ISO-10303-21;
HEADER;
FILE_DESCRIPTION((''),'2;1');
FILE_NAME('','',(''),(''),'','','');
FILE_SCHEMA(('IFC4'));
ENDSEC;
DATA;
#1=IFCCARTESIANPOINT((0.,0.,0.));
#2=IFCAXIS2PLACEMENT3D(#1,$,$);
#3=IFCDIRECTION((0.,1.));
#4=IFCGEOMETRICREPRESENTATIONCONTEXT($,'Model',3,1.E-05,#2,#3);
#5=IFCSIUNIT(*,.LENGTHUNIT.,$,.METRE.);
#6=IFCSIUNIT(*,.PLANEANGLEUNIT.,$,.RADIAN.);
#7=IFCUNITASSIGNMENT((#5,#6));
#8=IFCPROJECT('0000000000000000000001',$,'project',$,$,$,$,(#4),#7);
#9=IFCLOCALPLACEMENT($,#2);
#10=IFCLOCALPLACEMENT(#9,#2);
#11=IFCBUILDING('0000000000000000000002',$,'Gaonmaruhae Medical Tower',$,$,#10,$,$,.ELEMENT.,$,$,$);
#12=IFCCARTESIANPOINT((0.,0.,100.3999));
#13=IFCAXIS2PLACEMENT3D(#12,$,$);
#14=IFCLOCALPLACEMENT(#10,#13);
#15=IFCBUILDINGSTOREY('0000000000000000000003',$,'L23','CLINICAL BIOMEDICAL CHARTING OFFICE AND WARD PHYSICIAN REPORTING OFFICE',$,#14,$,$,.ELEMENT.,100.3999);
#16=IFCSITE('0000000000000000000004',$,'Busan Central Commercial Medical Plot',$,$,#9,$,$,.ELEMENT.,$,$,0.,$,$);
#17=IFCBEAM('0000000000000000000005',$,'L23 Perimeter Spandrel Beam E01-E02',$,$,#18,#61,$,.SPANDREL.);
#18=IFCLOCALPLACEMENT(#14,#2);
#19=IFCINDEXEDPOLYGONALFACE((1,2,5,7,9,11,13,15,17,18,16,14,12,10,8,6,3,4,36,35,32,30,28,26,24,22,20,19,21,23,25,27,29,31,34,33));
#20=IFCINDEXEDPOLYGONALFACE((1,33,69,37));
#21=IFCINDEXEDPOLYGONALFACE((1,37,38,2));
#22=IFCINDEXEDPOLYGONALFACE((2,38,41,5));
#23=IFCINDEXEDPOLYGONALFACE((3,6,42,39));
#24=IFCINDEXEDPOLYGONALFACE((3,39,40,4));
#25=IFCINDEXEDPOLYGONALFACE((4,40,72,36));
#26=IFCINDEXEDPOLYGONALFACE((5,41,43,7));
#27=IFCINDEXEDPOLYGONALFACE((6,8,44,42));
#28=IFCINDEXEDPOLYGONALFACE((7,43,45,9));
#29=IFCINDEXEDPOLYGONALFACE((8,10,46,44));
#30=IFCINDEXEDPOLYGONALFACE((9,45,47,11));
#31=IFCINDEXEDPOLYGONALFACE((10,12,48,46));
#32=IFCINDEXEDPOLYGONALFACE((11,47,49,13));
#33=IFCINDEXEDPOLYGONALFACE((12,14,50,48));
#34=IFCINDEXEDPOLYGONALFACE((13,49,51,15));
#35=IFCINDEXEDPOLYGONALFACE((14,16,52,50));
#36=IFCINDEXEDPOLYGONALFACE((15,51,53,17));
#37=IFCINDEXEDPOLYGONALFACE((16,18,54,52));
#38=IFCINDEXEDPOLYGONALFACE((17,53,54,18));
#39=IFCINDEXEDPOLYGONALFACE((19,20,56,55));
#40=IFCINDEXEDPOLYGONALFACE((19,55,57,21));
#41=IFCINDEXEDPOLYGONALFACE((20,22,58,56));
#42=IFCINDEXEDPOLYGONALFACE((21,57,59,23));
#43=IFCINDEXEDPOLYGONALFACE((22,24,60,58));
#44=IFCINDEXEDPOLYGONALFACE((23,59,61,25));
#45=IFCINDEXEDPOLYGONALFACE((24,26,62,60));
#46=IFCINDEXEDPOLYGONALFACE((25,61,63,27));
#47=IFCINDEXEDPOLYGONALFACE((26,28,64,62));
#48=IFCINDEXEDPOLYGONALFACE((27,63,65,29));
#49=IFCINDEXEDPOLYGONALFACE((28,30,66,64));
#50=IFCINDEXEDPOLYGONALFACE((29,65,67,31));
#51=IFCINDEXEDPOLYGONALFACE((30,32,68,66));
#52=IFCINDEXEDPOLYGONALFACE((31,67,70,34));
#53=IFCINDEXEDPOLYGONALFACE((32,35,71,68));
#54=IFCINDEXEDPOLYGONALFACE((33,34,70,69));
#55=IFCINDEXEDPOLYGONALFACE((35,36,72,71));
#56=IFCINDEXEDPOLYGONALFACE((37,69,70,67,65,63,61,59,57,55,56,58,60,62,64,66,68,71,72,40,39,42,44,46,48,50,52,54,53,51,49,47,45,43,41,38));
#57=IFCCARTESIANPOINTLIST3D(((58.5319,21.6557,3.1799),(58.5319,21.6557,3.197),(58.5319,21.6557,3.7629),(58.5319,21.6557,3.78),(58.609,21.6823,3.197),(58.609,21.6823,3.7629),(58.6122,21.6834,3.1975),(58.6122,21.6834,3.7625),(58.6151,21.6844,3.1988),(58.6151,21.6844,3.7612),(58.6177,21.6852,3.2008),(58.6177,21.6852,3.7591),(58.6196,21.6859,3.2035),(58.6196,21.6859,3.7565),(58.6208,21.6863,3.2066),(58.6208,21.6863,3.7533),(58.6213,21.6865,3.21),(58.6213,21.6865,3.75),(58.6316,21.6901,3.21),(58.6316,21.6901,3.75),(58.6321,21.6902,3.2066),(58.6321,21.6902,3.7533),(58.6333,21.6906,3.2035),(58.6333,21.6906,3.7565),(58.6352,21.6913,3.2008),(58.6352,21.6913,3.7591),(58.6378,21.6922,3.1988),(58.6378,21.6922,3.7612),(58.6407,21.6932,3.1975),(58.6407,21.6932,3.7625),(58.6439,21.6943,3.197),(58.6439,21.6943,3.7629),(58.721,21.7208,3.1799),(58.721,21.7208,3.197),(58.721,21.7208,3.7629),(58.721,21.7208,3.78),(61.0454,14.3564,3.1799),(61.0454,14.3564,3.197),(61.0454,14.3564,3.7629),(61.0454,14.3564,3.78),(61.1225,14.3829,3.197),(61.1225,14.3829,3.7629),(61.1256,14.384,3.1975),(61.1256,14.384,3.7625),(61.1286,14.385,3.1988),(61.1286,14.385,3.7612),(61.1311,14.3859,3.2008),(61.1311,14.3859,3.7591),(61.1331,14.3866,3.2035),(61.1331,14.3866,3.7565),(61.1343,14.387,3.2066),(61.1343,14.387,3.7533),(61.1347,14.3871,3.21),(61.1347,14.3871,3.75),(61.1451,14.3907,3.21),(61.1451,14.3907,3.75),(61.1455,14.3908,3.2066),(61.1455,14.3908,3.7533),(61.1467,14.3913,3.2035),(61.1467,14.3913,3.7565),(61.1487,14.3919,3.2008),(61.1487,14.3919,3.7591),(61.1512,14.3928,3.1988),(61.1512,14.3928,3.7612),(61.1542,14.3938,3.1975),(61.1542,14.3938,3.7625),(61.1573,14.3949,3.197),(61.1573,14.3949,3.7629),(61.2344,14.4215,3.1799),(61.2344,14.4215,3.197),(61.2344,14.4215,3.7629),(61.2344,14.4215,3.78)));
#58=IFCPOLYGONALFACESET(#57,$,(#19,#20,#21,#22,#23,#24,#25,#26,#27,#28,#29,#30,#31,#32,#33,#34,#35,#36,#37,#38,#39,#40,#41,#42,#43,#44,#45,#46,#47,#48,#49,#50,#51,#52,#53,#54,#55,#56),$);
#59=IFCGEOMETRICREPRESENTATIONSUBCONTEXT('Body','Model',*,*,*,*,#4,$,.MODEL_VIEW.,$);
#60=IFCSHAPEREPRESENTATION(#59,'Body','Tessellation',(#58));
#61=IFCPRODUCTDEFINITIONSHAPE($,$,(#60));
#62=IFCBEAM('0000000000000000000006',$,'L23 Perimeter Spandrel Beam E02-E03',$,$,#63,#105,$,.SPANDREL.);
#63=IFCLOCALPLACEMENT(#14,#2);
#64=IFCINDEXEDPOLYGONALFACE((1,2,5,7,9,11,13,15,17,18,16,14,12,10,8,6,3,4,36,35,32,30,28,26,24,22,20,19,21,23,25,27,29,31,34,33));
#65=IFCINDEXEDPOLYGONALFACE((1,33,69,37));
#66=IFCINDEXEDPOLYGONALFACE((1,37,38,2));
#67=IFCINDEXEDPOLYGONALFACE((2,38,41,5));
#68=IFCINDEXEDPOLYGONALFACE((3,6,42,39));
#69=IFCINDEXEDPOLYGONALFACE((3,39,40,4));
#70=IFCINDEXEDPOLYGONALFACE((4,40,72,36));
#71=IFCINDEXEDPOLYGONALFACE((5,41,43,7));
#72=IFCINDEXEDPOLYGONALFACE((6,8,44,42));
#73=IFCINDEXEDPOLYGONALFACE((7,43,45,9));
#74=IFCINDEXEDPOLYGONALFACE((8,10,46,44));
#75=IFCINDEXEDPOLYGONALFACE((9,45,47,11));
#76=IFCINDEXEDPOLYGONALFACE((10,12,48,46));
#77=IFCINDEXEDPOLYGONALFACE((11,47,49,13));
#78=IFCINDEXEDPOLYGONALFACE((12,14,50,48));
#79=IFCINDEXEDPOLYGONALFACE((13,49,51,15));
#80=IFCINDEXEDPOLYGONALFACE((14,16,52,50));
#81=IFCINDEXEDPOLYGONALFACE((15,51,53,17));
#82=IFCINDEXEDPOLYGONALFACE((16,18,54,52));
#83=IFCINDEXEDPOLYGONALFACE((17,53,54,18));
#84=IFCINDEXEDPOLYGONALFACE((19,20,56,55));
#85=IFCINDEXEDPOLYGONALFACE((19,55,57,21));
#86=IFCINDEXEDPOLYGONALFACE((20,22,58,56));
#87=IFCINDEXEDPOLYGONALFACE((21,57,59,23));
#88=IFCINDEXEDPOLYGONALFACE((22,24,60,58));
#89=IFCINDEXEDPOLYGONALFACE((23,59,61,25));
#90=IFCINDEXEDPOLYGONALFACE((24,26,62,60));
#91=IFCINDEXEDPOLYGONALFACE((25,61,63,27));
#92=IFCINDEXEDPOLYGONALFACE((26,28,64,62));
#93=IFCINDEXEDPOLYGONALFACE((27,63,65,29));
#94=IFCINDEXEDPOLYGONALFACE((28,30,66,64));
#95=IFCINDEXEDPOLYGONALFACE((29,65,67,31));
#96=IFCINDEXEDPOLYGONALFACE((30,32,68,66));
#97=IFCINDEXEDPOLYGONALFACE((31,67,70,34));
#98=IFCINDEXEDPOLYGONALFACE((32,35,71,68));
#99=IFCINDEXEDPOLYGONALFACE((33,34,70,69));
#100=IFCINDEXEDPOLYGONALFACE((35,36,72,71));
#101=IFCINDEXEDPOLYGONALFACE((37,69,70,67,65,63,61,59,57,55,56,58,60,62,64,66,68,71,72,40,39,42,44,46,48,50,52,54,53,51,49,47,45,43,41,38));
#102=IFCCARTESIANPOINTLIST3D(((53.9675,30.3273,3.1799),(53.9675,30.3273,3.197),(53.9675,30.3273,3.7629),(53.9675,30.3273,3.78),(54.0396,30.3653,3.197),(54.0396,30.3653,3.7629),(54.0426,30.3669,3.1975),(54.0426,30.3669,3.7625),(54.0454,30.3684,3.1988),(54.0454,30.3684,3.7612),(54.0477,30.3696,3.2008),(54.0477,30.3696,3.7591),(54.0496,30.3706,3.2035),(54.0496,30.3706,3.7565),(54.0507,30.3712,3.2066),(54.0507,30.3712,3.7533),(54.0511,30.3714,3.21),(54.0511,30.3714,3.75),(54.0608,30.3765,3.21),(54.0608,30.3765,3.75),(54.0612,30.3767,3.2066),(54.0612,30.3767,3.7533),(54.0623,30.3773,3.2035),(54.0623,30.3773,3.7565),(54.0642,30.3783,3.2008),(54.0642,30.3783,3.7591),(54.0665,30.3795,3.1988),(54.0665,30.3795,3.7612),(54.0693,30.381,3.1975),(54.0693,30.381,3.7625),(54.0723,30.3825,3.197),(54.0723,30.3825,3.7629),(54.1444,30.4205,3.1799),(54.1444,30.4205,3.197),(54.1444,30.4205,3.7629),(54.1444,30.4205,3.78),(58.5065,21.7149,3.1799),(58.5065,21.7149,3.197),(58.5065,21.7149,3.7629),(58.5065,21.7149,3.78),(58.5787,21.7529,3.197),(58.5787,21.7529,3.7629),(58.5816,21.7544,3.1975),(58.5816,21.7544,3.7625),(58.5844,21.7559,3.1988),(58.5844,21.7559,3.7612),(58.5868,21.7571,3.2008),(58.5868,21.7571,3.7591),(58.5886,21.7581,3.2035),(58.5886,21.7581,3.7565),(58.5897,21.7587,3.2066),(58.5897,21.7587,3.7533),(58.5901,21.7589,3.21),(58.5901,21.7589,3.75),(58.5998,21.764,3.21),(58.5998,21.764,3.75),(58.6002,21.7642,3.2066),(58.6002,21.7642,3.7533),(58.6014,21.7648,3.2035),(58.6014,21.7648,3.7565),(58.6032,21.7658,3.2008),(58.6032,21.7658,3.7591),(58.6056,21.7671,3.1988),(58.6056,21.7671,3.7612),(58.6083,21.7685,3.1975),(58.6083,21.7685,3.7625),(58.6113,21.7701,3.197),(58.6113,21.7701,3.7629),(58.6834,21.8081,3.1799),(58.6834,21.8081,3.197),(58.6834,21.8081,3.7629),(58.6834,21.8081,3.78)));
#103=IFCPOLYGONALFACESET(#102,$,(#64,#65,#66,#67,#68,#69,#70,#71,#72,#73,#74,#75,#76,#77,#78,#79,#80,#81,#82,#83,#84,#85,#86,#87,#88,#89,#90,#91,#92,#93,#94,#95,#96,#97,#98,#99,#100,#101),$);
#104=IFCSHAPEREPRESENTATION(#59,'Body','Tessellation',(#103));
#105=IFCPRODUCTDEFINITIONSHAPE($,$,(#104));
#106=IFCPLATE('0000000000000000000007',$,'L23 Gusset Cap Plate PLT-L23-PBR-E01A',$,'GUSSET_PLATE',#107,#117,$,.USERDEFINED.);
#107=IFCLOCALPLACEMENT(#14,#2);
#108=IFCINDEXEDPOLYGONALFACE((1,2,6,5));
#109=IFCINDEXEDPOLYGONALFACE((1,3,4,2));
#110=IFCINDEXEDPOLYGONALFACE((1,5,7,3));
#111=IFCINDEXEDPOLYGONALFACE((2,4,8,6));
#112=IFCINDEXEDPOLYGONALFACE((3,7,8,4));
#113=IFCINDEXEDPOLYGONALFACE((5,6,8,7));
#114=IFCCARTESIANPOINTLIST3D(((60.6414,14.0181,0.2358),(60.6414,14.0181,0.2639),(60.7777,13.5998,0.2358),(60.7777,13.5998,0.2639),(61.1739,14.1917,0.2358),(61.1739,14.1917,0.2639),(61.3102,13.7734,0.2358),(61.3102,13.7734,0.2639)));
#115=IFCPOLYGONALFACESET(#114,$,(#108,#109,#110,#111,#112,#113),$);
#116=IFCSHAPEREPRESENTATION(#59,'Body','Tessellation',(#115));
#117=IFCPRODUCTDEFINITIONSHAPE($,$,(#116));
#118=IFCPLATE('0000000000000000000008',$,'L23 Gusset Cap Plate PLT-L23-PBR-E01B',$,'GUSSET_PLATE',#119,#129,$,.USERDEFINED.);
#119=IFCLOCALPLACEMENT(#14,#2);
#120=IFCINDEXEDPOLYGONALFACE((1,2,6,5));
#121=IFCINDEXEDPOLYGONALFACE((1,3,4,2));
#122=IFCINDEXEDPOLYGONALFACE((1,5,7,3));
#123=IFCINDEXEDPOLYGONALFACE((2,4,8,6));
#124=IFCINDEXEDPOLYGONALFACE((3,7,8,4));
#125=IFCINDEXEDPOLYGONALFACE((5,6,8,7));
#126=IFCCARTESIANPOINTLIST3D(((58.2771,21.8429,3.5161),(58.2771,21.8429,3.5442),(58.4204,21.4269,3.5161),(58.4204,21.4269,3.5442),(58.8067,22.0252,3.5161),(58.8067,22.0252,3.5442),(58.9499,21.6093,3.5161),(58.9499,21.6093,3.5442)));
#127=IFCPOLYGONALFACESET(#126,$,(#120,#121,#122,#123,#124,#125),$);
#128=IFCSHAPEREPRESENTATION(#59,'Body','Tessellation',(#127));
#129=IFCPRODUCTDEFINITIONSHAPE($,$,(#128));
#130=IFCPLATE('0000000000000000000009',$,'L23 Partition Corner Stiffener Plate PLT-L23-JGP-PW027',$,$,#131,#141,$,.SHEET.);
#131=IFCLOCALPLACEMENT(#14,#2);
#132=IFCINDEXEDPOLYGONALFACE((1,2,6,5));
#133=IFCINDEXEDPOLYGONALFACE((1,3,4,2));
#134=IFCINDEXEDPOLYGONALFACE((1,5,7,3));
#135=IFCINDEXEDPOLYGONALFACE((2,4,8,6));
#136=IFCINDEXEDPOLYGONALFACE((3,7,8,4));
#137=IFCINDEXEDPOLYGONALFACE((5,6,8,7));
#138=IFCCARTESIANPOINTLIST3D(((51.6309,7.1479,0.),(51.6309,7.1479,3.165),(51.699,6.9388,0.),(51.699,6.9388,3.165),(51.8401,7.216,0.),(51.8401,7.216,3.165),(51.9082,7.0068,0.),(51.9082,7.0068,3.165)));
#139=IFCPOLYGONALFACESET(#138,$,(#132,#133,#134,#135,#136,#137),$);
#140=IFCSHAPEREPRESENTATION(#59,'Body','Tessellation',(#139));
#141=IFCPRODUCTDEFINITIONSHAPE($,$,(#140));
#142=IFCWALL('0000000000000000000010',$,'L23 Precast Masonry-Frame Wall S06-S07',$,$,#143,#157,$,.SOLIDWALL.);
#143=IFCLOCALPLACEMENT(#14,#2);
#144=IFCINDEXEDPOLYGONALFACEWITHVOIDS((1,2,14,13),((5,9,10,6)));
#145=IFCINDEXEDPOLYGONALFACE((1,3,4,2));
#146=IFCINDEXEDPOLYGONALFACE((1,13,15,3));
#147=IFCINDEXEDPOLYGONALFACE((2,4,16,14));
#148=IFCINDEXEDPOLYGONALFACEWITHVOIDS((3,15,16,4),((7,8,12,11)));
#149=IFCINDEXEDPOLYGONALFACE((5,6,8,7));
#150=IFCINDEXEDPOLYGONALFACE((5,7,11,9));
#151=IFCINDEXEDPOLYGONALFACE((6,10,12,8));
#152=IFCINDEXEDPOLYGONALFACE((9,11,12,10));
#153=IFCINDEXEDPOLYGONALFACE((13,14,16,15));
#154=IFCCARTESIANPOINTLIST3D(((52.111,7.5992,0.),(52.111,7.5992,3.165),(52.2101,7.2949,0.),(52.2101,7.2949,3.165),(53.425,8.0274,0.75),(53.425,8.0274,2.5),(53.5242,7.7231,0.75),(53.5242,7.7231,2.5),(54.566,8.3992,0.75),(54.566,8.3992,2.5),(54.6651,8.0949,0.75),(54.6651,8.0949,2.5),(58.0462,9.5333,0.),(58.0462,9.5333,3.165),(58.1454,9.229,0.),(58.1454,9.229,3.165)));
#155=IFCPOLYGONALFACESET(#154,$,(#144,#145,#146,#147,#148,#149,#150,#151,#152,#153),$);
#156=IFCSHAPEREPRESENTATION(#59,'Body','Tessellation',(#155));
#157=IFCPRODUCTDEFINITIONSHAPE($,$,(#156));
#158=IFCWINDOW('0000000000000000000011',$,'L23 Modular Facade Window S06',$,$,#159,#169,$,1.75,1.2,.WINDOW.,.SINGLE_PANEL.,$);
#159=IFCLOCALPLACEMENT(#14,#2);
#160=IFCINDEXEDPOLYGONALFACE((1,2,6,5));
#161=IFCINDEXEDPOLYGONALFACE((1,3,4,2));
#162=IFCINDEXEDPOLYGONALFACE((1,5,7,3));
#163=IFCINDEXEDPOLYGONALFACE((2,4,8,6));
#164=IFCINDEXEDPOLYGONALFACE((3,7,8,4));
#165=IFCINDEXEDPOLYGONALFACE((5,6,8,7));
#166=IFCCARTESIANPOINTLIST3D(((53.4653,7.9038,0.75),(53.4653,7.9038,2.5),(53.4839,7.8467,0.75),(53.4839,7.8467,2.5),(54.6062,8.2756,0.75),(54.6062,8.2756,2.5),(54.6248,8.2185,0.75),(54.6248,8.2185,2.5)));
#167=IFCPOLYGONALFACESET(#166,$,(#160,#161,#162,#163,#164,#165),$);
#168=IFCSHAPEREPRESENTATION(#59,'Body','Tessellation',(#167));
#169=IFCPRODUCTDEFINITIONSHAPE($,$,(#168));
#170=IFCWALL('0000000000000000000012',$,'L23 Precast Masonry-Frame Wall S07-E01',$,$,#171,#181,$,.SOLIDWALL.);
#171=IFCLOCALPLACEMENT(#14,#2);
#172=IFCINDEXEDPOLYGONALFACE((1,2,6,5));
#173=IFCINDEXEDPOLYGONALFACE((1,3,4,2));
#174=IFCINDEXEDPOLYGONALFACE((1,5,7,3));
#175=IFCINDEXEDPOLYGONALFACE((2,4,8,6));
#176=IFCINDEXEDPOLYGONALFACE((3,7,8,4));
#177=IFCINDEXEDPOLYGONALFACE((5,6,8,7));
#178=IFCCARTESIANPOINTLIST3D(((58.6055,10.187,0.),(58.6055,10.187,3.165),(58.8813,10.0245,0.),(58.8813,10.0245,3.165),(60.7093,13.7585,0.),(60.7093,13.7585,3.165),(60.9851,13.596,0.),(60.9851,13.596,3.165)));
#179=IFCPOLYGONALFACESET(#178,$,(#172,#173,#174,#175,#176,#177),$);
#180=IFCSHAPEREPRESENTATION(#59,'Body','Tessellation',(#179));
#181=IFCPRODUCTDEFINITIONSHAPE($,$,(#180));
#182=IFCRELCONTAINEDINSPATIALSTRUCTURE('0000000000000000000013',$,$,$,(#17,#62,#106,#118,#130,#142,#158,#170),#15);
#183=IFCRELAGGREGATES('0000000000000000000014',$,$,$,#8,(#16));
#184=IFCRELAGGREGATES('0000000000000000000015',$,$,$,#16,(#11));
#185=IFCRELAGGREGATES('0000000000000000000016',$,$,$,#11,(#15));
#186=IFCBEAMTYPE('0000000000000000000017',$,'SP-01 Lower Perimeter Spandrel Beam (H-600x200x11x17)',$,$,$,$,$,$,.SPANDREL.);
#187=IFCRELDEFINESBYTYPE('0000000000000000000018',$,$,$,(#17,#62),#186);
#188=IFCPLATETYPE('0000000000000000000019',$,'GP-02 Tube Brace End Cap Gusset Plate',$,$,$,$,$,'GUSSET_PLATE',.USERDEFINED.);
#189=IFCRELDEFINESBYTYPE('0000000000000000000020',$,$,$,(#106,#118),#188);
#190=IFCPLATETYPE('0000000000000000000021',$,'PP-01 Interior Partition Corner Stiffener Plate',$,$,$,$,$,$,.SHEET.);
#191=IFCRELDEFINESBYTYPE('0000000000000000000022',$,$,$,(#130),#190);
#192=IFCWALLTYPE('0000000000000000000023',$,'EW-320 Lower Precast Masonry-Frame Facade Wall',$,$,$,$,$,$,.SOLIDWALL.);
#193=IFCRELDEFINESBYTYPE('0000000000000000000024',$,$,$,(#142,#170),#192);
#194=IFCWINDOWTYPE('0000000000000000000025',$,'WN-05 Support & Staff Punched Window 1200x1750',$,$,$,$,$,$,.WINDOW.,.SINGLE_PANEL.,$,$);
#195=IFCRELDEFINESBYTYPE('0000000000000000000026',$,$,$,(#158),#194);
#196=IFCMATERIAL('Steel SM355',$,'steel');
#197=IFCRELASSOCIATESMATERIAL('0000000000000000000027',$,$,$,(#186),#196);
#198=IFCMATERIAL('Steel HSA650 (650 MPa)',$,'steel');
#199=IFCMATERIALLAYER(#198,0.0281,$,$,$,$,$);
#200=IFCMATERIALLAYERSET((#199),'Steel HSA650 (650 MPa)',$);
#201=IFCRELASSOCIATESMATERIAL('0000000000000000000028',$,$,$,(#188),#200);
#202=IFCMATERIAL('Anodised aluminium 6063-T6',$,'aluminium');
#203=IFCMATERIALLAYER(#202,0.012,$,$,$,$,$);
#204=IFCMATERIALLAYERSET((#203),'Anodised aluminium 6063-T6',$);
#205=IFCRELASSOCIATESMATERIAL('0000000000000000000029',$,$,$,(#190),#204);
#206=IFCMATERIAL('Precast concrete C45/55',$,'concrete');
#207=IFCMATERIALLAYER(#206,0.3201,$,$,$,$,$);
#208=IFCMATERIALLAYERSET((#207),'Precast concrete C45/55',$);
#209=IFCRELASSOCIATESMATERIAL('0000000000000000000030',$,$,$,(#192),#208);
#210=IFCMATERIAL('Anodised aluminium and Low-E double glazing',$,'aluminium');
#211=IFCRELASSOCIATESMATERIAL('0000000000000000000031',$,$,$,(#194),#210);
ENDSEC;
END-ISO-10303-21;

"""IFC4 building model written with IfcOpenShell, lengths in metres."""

from ifc_helpers import new_model, si_unit, direction, frame, frame_2d, origin, origin_2d, place, context, subcontext, project, spatial, rectangle, i_section, extrude, material, layer, layer_set, material_profile, profile_set, type_object, element, fill, save


model = new_model("IFC4")

# Units and contexts
model_context = context("Model", 3, precision=1e-05, world=origin(), true_north=direction((0.0, 1.0)))
body_context = subcontext(model_context, "Body", "Model", "MODEL_VIEW")
ifc_project = project(units=[si_unit("LENGTHUNIT", "METRE"), si_unit("PLANEANGLEUNIT", "RADIAN")], contexts=[model_context])

# Site, building, storey
site_placement = place(None, origin())
site = spatial("IfcSite", under=ifc_project, at=site_placement, Name="Busan Central Commercial Medical Plot", CompositionType="ELEMENT", RefElevation=0.0)
building_placement = place(site_placement, origin())
building = spatial("IfcBuilding", under=site, at=building_placement, Name="Gaonmaruhae Medical Tower", CompositionType="ELEMENT")
storey_placement = place(building_placement, frame((0.0, 0.0, 100.3999)))
storey = spatial("IfcBuildingStorey", under=building, at=storey_placement, Name="L23", Description="CLINICAL BIOMEDICAL CHARTING OFFICE AND WARD PHYSICIAN REPORTING OFFICE", CompositionType="ELEMENT", Elevation=100.3999)

# Beams
ifc_material_1 = material(Name="Steel SM355", Category="steel")
ifc_material_profile_1 = material_profile(ifc_material_1, i_section(OverallWidth=0.2, OverallDepth=0.6001, WebThickness=0.011, FlangeThickness=0.0171, FilletRadius=0.0129, at=origin_2d()), Name="H-600x200x11x17")
ifc_profile_set_1 = profile_set([ifc_material_profile_1], Name="Steel SM355")
beam_type = type_object("IfcBeamType", Name="SP-01 Lower Perimeter Spandrel Beam (H-600x200x11x17)", PredefinedType="SPANDREL", material=ifc_profile_set_1)
beam_1_placement = place(storey_placement, frame((61.1399, 14.3889, 3.48), z_axis=(-0.325576, 0.945516, 0.0), x_axis=(-0.945516, -0.325576, 0.0)))
element("IfcBeam", 1, at=beam_1_placement, inside=storey, type_object=beam_type, Name="L23 Perimeter Spandrel Beam E01-E02", PredefinedType="SPANDREL", context=body_context, shape_type="SweptSolid", body=[
    extrude(i_section(OverallWidth=0.2, OverallDepth=0.6001, WebThickness=0.011, FlangeThickness=0.0171, FilletRadius=0.0129, at=origin_2d()), origin(), (0.0, 0.0, 1.0), 7.72),
])
beam_2_placement = place(storey_placement, frame((58.595, 21.7615, 3.48), z_axis=(-0.46624, 0.884658, 0.0), x_axis=(-0.884658, -0.46624, 0.0)))
element("IfcBeam", 2, at=beam_2_placement, inside=storey, type_object=beam_type, Name="L23 Perimeter Spandrel Beam E02-E03", PredefinedType="SPANDREL", context=body_context, shape_type="SweptSolid", body=[
    extrude(i_section(OverallWidth=0.2, OverallDepth=0.6001, WebThickness=0.011, FlangeThickness=0.0171, FilletRadius=0.0129, at=origin_2d()), origin(), (0.0, 0.0, 1.0), 9.7354),
])

# Plates
ifc_material_2 = material(Name="Steel HSA650 (650 MPa)", Category="steel")
ifc_layer_1 = layer(ifc_material_2, 0.0281)
ifc_layer_set_1 = layer_set([ifc_layer_1], Name="Steel HSA650 (650 MPa)")
plate_type_1 = type_object("IfcPlateType", Name="GP-02 Tube Brace End Cap Gusset Plate", ElementType="GUSSET_PLATE", PredefinedType="USERDEFINED", material=ifc_layer_set_1)
for number, where, z_axis, x_axis, name in (
    (3, (60.9758, 13.8958, 0.2358), (0.0, 0.0, 1.0), (0.950786, 0.309847, 0.0), "L23 Gusset Cap Plate PLT-L23-PBR-E01A"),
    (4, (58.6135, 21.7261, 3.5161), (0.0, 0.0, 1.0), (0.945519, 0.325568, 0.0), "L23 Gusset Cap Plate PLT-L23-PBR-E01B"),
):
    element("IfcPlate", number, at=place(storey_placement, frame(where, z_axis=z_axis, x_axis=x_axis)), inside=storey, type_object=plate_type_1, Name=name, ObjectType="GUSSET_PLATE", PredefinedType="USERDEFINED", context=body_context, shape_type="SweptSolid", body=[
        extrude(rectangle(XDim=0.5601, YDim=0.4399, at=origin_2d()), origin(), (0.0, 0.0, 1.0), 0.0281),
    ])
ifc_material_3 = material(Name="Anodised aluminium 6063-T6", Category="aluminium")
ifc_layer_2 = layer(ifc_material_3, 0.012)
ifc_layer_set_2 = layer_set([ifc_layer_2], Name="Anodised aluminium 6063-T6")
plate_type_2 = type_object("IfcPlateType", Name="PP-01 Interior Partition Corner Stiffener Plate", PredefinedType="SHEET", material=ifc_layer_set_2)
plate_placement = place(storey_placement, frame((51.7695, 7.0774, 0.0), z_axis=(0.0, 0.0, 1.0), x_axis=(-0.950922, -0.309432, 0.0)))
element("IfcPlate", 5, at=plate_placement, inside=storey, type_object=plate_type_2, Name="L23 Partition Corner Stiffener Plate PLT-L23-JGP-PW027", PredefinedType="SHEET", context=body_context, shape_type="SweptSolid", body=[
    extrude(rectangle(XDim=0.22, YDim=0.22, at=origin_2d()), origin(), (0.0, 0.0, 1.0), 3.165),
])

# Wall, opening, window
ifc_material_4 = material(Name="Precast concrete C45/55", Category="concrete")
ifc_layer_3 = layer(ifc_material_4, 0.3201)
ifc_layer_set_3 = layer_set([ifc_layer_3], Name="Precast concrete C45/55")
wall_type_1 = type_object("IfcWallType", Name="EW-320 Lower Precast Masonry-Frame Facade Wall", PredefinedType="SOLIDWALL", material=ifc_layer_set_3)
wall_1_placement = place(storey_placement, frame((58.0957, 9.3811, 0.0), z_axis=(0.0, 0.0, 1.0), x_axis=(-0.950793, -0.309826, 0.0)))
wall_1 = element("IfcWall", 6, at=wall_1_placement, inside=storey, type_object=wall_type_1, Name="L23 Precast Masonry-Frame Wall S06-S07", PredefinedType="SOLIDWALL", context=body_context, shape_type="SweptSolid", body=[
    extrude(rectangle(XDim=6.2424, YDim=0.3201, at=frame_2d((3.1211, 0.0))), origin(), (0.0, 0.0, 1.0), 3.165),
])
opening_placement = place(wall_1_placement, frame((3.6602, 0.0, 0.75)))
opening = element("IfcOpeningElement", 7, at=opening_placement, cuts=wall_1, PredefinedType="OPENING", context=body_context, shape_type="SweptSolid", body=[
    extrude(rectangle(XDim=1.2, YDim=1.75, at=frame_2d((0.6001, 0.875))), frame((0.0, 0.1699, 0.0), z_axis=(0.0, -1.0, 0.0), x_axis=(1.0, 0.0, 0.0)), (0.0, 0.0, 1.0), 0.3401),
])
ifc_material_5 = material(Name="Anodised aluminium and Low-E double glazing", Category="aluminium")
window_type = type_object("IfcWindowType", Name="WN-05 Support & Staff Punched Window 1200x1750", PartitioningType="SINGLE_PANEL", PredefinedType="WINDOW", material=ifc_material_5)
window_placement = place(opening_placement, origin())
window = element("IfcWindow", 8, at=window_placement, inside=storey, type_object=window_type, Name="L23 Modular Facade Window S06", OverallHeight=1.75, OverallWidth=1.2, PartitioningType="SINGLE_PANEL", PredefinedType="WINDOW", context=body_context, shape_type="SweptSolid", body=[
    extrude(rectangle(XDim=1.2, YDim=1.75, at=frame_2d((0.6001, 0.875))), frame((0.0, 0.03, 0.0), z_axis=(0.0, -1.0, 0.0), x_axis=(1.0, 0.0, 0.0)), (0.0, 0.0, 1.0), 0.0601),
])
fill(opening, window)

# Wall
wall_2_placement = place(storey_placement, frame((60.8472, 13.6772, 0.0), z_axis=(0.0, 0.0, 1.0), x_axis=(-0.507532, -0.861633, 0.0)))
element("IfcWall", 9, at=wall_2_placement, inside=storey, type_object=wall_type_1, Name="L23 Precast Masonry-Frame Wall S07-E01", PredefinedType="SOLIDWALL", context=body_context, shape_type="SweptSolid", body=[
    extrude(rectangle(XDim=4.145, YDim=0.3201, at=frame_2d((2.0725, 0.0))), origin(), (0.0, 0.0, 1.0), 3.165),
])

save(model, "model.ifc")
